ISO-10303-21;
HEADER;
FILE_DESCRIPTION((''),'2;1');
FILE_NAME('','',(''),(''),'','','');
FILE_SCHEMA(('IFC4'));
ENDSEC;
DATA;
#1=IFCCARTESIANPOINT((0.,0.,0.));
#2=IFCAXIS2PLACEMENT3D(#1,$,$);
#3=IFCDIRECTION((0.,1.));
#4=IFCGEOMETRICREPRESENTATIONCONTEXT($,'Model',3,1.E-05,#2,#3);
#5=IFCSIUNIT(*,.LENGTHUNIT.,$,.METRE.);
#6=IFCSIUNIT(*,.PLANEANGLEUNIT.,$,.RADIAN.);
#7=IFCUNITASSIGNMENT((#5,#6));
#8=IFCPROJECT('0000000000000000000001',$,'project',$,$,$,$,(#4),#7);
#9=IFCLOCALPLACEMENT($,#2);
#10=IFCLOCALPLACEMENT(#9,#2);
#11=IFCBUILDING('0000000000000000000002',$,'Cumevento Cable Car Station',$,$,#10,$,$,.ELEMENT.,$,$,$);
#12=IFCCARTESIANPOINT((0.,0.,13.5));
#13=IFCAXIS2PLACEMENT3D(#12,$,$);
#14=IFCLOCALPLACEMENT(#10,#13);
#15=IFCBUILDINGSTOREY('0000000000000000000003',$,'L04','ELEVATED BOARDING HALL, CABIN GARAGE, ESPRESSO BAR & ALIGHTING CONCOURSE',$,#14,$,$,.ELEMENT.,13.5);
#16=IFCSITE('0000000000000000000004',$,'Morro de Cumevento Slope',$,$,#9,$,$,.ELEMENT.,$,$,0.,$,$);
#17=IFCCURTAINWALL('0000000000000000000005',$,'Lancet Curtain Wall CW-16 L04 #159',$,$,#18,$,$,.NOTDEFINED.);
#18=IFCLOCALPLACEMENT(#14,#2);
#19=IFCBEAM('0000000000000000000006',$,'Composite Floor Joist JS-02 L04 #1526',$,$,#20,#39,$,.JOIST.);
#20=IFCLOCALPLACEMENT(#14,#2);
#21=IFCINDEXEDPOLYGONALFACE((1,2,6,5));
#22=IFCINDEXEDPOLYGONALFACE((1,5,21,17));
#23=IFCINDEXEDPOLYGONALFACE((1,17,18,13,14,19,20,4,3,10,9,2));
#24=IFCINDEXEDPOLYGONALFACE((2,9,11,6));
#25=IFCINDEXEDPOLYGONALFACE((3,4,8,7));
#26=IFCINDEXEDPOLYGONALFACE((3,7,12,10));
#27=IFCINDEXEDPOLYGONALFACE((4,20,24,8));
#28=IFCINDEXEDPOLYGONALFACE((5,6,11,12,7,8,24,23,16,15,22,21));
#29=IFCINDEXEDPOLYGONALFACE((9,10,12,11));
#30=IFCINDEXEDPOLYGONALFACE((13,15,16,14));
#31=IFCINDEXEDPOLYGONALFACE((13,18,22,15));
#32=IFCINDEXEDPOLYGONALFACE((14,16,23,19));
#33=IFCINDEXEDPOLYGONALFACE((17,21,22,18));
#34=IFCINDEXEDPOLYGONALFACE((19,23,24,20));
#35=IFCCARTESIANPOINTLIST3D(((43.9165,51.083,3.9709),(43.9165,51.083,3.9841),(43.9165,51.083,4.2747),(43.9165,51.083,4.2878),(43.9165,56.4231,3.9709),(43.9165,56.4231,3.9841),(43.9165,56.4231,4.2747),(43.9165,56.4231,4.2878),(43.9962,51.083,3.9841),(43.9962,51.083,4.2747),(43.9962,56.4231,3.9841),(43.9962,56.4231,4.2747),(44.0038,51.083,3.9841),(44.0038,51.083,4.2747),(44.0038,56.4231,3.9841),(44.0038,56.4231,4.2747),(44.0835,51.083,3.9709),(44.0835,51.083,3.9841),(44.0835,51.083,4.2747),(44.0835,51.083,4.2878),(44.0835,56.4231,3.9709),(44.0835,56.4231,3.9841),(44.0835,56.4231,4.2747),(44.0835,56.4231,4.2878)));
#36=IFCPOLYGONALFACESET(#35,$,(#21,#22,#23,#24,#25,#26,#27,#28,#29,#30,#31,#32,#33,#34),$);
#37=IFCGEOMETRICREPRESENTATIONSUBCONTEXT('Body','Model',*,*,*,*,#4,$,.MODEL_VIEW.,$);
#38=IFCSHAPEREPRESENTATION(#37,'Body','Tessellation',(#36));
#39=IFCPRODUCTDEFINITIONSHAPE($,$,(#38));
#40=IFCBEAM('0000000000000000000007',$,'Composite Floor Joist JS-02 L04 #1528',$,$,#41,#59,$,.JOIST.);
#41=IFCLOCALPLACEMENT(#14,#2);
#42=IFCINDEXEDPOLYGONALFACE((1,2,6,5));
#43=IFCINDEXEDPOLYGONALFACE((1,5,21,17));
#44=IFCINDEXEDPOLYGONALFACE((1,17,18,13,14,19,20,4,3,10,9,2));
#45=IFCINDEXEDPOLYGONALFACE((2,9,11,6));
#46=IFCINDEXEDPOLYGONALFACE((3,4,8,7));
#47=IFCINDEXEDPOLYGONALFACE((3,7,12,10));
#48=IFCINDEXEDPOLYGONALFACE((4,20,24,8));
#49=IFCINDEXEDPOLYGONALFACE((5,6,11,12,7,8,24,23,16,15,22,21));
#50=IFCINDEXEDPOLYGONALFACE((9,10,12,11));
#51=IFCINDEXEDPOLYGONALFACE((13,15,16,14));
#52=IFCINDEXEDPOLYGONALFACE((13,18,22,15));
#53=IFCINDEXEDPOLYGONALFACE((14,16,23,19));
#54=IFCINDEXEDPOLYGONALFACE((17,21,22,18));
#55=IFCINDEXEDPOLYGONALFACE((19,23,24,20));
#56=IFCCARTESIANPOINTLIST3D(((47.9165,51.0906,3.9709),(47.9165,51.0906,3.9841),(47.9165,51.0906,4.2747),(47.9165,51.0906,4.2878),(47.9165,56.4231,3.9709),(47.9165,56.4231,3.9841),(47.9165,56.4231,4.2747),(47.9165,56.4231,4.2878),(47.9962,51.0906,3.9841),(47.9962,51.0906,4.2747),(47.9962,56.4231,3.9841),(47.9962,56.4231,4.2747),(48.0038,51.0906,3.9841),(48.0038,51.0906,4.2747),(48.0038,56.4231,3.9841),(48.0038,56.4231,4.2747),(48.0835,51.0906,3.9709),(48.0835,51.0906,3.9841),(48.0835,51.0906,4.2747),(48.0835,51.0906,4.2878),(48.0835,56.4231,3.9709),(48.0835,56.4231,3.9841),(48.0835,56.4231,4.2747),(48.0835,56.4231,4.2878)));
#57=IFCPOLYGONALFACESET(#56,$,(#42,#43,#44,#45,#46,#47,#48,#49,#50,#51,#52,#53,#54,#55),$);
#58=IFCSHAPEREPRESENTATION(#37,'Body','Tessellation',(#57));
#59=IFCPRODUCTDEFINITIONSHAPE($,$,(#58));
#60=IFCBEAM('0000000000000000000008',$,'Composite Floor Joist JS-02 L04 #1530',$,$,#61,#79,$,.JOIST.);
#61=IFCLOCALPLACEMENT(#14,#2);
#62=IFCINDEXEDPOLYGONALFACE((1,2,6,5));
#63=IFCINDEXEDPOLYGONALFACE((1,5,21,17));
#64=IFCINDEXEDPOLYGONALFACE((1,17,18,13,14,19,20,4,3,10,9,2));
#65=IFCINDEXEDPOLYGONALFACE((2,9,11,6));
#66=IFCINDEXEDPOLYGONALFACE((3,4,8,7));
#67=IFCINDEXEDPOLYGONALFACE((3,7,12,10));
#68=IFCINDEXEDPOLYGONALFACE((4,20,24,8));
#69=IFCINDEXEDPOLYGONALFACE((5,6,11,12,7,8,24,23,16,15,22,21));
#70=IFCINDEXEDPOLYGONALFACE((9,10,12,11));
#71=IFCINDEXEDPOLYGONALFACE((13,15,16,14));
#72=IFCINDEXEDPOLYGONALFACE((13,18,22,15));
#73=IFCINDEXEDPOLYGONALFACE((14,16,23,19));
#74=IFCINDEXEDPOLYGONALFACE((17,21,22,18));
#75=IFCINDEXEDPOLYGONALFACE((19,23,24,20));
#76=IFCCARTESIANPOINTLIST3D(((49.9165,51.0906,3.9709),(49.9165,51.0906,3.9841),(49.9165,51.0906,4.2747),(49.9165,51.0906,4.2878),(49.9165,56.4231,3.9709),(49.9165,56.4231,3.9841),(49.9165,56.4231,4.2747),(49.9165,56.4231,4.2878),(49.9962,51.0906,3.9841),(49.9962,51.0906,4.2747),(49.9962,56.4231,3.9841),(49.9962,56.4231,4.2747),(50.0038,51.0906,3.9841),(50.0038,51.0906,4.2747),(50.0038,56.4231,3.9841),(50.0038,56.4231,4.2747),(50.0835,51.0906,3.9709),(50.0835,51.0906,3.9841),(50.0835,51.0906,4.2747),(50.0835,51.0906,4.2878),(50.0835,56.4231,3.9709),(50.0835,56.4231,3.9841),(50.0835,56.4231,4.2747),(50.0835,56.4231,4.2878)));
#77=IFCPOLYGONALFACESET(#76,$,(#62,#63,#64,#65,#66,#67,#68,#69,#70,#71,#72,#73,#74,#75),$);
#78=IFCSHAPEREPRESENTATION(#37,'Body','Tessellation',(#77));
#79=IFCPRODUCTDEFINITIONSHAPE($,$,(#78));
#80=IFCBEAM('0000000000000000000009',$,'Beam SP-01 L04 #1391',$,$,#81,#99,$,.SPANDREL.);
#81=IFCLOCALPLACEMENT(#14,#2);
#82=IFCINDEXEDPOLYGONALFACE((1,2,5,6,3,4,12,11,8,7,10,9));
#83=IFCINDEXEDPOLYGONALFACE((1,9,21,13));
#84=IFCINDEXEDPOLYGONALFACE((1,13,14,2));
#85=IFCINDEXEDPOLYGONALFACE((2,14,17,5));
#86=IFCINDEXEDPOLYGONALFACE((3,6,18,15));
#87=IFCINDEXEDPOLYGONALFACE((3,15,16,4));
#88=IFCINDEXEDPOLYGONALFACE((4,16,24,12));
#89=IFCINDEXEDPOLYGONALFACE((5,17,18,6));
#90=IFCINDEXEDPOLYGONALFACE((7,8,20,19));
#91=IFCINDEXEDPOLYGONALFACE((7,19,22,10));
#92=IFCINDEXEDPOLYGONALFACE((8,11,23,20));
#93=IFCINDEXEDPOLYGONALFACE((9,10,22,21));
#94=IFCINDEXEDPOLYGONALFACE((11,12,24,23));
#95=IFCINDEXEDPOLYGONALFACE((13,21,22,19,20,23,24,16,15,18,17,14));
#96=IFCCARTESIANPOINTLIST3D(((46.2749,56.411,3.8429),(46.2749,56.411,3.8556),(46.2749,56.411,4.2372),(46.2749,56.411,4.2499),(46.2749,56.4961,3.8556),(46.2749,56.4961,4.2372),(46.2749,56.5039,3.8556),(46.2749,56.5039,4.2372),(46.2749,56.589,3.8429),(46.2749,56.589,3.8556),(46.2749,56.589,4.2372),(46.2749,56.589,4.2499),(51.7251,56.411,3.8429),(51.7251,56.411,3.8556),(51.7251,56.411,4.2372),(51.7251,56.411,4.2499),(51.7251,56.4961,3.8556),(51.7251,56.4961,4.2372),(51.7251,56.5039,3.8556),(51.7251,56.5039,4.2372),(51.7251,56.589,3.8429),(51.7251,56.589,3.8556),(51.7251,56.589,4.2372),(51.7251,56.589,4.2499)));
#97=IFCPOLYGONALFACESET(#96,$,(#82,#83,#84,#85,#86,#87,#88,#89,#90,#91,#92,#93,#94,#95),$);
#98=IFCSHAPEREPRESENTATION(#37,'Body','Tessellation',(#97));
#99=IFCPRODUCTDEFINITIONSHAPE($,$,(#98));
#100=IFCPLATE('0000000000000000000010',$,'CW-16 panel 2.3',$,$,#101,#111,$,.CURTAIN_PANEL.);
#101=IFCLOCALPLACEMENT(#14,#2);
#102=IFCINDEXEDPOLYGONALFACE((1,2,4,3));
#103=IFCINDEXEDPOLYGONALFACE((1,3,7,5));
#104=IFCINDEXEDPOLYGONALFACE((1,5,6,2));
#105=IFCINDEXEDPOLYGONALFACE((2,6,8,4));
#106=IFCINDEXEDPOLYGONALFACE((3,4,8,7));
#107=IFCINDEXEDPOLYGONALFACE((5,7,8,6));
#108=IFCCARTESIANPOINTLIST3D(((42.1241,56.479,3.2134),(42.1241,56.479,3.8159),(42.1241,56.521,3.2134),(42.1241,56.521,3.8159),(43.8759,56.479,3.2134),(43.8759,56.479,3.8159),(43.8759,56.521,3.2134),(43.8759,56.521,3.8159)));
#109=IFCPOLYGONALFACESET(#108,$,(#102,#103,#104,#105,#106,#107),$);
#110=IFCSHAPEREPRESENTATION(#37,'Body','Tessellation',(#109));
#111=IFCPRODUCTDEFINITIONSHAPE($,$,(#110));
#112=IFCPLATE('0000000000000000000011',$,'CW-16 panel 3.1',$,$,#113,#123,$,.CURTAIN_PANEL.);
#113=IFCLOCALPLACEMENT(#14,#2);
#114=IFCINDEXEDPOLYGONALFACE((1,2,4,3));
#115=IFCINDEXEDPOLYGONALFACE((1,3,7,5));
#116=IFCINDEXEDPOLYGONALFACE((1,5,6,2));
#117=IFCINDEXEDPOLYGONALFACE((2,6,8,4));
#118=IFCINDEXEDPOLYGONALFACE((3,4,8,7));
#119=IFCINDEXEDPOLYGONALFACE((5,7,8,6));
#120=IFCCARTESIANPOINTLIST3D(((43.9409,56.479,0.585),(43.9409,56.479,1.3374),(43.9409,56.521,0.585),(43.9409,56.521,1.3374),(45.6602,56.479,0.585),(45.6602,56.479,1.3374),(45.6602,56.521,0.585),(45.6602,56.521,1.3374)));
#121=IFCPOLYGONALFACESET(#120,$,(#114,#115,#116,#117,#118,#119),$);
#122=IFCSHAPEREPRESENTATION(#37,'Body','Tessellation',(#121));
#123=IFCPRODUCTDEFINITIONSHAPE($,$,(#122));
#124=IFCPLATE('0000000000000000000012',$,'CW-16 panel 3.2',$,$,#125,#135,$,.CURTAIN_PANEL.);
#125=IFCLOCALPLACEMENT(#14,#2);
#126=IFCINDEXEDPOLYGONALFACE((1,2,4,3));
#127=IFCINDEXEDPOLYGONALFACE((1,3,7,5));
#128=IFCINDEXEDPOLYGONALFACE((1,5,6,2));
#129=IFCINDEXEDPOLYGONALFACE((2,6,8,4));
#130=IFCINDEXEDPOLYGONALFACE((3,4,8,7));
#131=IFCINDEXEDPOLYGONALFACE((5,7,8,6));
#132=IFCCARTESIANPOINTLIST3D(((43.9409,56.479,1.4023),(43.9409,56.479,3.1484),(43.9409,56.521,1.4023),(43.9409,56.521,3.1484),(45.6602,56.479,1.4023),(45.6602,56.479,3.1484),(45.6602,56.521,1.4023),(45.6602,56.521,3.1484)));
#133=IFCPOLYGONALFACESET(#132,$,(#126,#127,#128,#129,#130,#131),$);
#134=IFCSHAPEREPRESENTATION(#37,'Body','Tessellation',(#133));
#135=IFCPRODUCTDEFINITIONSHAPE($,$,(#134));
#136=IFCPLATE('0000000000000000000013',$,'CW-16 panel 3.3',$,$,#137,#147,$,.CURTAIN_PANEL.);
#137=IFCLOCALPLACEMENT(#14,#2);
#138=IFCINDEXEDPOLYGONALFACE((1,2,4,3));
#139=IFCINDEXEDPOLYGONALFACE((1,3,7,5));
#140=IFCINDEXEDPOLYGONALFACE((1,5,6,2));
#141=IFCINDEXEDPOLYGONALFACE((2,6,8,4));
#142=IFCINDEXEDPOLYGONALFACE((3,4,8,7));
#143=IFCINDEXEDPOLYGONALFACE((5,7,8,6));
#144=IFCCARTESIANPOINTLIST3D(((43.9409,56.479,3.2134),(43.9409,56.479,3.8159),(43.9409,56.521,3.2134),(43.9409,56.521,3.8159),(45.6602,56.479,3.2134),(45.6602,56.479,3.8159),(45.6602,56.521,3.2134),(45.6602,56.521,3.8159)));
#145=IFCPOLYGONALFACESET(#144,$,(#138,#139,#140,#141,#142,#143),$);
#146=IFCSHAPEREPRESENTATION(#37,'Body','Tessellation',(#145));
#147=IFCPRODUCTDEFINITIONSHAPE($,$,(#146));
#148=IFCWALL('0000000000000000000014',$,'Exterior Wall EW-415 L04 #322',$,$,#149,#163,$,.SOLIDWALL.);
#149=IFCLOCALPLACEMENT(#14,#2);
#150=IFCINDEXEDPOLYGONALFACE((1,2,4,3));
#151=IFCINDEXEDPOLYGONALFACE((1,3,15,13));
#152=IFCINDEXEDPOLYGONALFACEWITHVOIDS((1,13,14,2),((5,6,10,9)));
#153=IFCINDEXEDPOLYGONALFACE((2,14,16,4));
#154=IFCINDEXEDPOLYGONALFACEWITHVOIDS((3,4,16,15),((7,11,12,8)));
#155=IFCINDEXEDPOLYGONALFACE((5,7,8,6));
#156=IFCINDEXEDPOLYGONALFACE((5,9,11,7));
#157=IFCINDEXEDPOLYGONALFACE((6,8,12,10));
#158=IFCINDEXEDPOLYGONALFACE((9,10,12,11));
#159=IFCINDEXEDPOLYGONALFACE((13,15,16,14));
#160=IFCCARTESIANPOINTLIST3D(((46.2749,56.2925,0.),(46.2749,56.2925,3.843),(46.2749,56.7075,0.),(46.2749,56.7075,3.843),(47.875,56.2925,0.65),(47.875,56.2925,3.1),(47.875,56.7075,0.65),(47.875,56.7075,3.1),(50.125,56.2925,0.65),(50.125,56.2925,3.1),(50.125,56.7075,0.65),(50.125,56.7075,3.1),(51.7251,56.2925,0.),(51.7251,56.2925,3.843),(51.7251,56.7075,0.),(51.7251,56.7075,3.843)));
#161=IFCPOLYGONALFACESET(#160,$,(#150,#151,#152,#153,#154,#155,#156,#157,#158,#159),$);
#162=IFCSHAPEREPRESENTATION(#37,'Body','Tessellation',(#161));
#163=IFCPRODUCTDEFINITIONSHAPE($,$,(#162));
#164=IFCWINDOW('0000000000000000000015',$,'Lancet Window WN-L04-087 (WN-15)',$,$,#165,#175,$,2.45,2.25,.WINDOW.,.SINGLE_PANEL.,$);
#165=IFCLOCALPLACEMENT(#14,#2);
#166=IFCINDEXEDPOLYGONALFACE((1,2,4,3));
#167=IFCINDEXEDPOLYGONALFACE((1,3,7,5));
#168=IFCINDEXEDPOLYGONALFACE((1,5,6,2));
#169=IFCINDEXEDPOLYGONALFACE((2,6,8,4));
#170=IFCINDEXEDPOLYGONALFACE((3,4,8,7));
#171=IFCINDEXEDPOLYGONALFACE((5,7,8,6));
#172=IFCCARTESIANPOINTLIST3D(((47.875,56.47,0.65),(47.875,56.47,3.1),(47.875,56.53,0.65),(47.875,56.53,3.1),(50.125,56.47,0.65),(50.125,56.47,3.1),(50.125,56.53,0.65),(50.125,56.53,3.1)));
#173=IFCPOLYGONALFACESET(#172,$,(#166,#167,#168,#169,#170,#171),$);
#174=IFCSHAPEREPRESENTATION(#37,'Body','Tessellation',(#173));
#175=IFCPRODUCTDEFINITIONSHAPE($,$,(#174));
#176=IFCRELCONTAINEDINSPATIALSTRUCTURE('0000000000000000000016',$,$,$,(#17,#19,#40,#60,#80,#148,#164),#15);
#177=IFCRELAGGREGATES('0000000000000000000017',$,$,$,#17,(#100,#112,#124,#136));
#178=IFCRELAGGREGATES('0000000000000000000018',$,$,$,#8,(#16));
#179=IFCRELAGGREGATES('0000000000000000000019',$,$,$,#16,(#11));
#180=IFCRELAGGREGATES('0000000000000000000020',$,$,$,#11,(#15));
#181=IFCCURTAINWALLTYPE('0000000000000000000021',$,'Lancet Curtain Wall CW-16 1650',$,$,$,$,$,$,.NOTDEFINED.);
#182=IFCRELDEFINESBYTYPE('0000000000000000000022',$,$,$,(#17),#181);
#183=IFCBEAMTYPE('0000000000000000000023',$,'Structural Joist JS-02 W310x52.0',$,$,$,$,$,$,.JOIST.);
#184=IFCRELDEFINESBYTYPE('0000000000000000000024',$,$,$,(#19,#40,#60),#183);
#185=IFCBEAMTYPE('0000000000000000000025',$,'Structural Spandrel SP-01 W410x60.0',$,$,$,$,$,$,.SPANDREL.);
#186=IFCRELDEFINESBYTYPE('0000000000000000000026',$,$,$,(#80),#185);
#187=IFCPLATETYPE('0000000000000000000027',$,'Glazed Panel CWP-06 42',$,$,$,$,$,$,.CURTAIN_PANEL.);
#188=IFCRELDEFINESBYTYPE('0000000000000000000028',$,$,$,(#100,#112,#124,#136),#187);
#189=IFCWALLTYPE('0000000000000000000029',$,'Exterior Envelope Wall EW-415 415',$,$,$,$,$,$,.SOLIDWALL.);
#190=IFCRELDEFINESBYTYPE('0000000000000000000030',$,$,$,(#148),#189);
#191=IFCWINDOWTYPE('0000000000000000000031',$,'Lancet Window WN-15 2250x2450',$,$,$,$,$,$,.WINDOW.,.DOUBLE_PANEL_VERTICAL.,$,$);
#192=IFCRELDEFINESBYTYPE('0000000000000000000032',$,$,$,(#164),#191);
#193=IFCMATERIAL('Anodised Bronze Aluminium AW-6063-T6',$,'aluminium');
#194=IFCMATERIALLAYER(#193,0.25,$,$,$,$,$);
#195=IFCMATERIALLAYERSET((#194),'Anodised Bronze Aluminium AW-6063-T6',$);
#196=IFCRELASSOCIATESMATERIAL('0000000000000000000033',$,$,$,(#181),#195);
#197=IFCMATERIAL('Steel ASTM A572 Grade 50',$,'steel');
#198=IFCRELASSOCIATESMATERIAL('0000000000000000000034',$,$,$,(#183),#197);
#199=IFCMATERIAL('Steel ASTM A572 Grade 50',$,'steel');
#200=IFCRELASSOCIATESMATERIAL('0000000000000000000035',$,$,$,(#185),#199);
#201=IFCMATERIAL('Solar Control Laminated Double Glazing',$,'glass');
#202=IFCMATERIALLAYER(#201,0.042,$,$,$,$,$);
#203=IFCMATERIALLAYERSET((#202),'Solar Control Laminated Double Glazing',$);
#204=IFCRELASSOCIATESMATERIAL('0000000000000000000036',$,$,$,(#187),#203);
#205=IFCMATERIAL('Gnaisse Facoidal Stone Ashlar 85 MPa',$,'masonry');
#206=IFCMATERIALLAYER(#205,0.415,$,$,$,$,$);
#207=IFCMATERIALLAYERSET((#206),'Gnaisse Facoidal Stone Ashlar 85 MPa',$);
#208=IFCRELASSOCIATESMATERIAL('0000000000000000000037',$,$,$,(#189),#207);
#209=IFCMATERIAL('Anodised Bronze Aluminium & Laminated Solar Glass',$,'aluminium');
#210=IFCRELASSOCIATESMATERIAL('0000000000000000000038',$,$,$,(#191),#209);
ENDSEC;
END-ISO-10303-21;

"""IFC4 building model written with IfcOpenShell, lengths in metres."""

from ifc_helpers import new_model, si_unit, direction, frame, frame_2d, origin, origin_2d, place, context, subcontext, project, spatial, rectangle, i_section, extrude, material, layer, layer_set, material_profile, profile_set, type_object, element, fill, aggregate, save


model = new_model("IFC4")

# Units and contexts
model_context = context("Model", 3, precision=1e-05, world=origin(), true_north=direction((0.0, 1.0)))
body_context = subcontext(model_context, "Body", "Model", "MODEL_VIEW")
ifc_project = project(units=[si_unit("LENGTHUNIT", "METRE"), si_unit("PLANEANGLEUNIT", "RADIAN")], contexts=[model_context])

# Site, building, storey
site_placement = place(None, origin())
site = spatial("IfcSite", under=ifc_project, at=site_placement, Name="Morro de Cumevento Slope", CompositionType="ELEMENT", RefElevation=0.0)
building_placement = place(site_placement, origin())
building = spatial("IfcBuilding", under=site, at=building_placement, Name="Cumevento Cable Car Station", CompositionType="ELEMENT")
storey_placement = place(building_placement, frame((0.0, 0.0, 13.5)))
storey = spatial("IfcBuildingStorey", under=building, at=storey_placement, Name="L04", Description="ELEVATED BOARDING HALL, CABIN GARAGE, ESPRESSO BAR & ALIGHTING CONCOURSE", CompositionType="ELEMENT", Elevation=13.5)

# Curtain wall
ifc_material_1 = material(Name="Anodised Bronze Aluminium AW-6063-T6", Category="aluminium")
ifc_layer_1 = layer(ifc_material_1, 0.25)
ifc_layer_set_1 = layer_set([ifc_layer_1], Name="Anodised Bronze Aluminium AW-6063-T6")
curtain_wall_type = type_object("IfcCurtainWallType", Name="Lancet Curtain Wall CW-16 1650", PredefinedType="NOTDEFINED", material=ifc_layer_set_1)
curtain_wall_placement = place(storey_placement, origin())
curtain_wall = element("IfcCurtainWall", 1, at=curtain_wall_placement, inside=storey, type_object=curtain_wall_type, Name="Lancet Curtain Wall CW-16 L04 #159", PredefinedType="NOTDEFINED")

# Beams
ifc_material_2 = material(Name="Steel ASTM A572 Grade 50", Category="steel")
ifc_material_profile_1 = material_profile(ifc_material_2, i_section(OverallWidth=0.167, OverallDepth=0.3169, WebThickness=0.0076, FlangeThickness=0.0132, at=origin_2d()), Name="W310x52.0")
ifc_profile_set_1 = profile_set([ifc_material_profile_1], Name="Steel ASTM A572 Grade 50")
beam_type_1 = type_object("IfcBeamType", Name="Structural Joist JS-02 W310x52.0", PredefinedType="JOIST", material=ifc_profile_set_1)
beam_1_placement = place(storey_placement, frame((44.0, 51.083, 4.1294), z_axis=(0.0, 1.0, 0.0), x_axis=(-1.0, 0.0, 0.0)))
element("IfcBeam", 2, at=beam_1_placement, inside=storey, type_object=beam_type_1, Name="Composite Floor Joist JS-02 L04 #1526", PredefinedType="JOIST", context=body_context, shape_type="SweptSolid", body=[
    extrude(i_section(OverallWidth=0.167, OverallDepth=0.3169, WebThickness=0.0076, FlangeThickness=0.0132, at=origin_2d()), origin(), (0.0, 0.0, 1.0), 5.3401),
])
for number, where, z_axis, x_axis, name in (
    (3, (48.0, 51.0906, 4.1294), (0.0, 1.0, 0.0), (-1.0, 0.0, 0.0), "Composite Floor Joist JS-02 L04 #1528"),
    (4, (50.0, 51.0906, 4.1294), (0.0, 1.0, 0.0), (-1.0, 0.0, 0.0), "Composite Floor Joist JS-02 L04 #1530"),
):
    element("IfcBeam", number, at=place(storey_placement, frame(where, z_axis=z_axis, x_axis=x_axis)), inside=storey, type_object=beam_type_1, Name=name, PredefinedType="JOIST", context=body_context, shape_type="SweptSolid", body=[
        extrude(i_section(OverallWidth=0.167, OverallDepth=0.3169, WebThickness=0.0076, FlangeThickness=0.0132, at=origin_2d()), origin(), (0.0, 0.0, 1.0), 5.3325),
    ])
ifc_material_3 = material(Name="Steel ASTM A572 Grade 50", Category="steel")
ifc_material_profile_2 = material_profile(ifc_material_3, i_section(OverallWidth=0.178, OverallDepth=0.407, WebThickness=0.0078, FlangeThickness=0.0127, at=origin_2d()), Name="W410x60.0")
ifc_profile_set_2 = profile_set([ifc_material_profile_2], Name="Steel ASTM A572 Grade 50")
beam_type_2 = type_object("IfcBeamType", Name="Structural Spandrel SP-01 W410x60.0", PredefinedType="SPANDREL", material=ifc_profile_set_2)
beam_2_placement = place(storey_placement, frame((46.2749, 56.5, 4.0464), z_axis=(1.0, 0.0, 0.0), x_axis=(0.0, 1.0, 0.0)))
element("IfcBeam", 5, at=beam_2_placement, inside=storey, type_object=beam_type_2, Name="Beam SP-01 L04 #1391", PredefinedType="SPANDREL", context=body_context, shape_type="SweptSolid", body=[
    extrude(i_section(OverallWidth=0.178, OverallDepth=0.407, WebThickness=0.0078, FlangeThickness=0.0127, at=origin_2d()), origin(), (0.0, 0.0, 1.0), 5.4502),
])

# Plates
ifc_material_4 = material(Name="Solar Control Laminated Double Glazing", Category="glass")
ifc_layer_2 = layer(ifc_material_4, 0.042)
ifc_layer_set_2 = layer_set([ifc_layer_2], Name="Solar Control Laminated Double Glazing")
plate_type = type_object("IfcPlateType", Name="Glazed Panel CWP-06 42", PredefinedType="CURTAIN_PANEL", material=ifc_layer_set_2)
plate_1_placement = place(storey_placement, frame((43.0, 56.5, 3.2134), z_axis=(0.0, 0.0, 1.0), x_axis=(1.0, 0.0, 0.0)))
plate_1 = element("IfcPlate", 6, at=plate_1_placement, type_object=plate_type, Name="CW-16 panel 2.3", PredefinedType="CURTAIN_PANEL", context=body_context, shape_type="SweptSolid", body=[
    extrude(rectangle(XDim=1.7517, YDim=0.042, at=origin_2d()), origin(), (0.0, 0.0, 1.0), 0.6025),
])
plate_2_placement = place(storey_placement, frame((44.8005, 56.5, 0.585), z_axis=(0.0, 0.0, 1.0), x_axis=(1.0, 0.0, 0.0)))
plate_2 = element("IfcPlate", 7, at=plate_2_placement, type_object=plate_type, Name="CW-16 panel 3.1", PredefinedType="CURTAIN_PANEL", context=body_context, shape_type="SweptSolid", body=[
    extrude(rectangle(XDim=1.7192, YDim=0.042, at=origin_2d()), origin(), (0.0, 0.0, 1.0), 0.7524),
])
plate_3_placement = place(storey_placement, frame((44.8005, 56.5, 1.4023), z_axis=(0.0, 0.0, 1.0), x_axis=(1.0, 0.0, 0.0)))
plate_3 = element("IfcPlate", 8, at=plate_3_placement, type_object=plate_type, Name="CW-16 panel 3.2", PredefinedType="CURTAIN_PANEL", context=body_context, shape_type="SweptSolid", body=[
    extrude(rectangle(XDim=1.7192, YDim=0.042, at=origin_2d()), origin(), (0.0, 0.0, 1.0), 1.7461),
])
plate_4_placement = place(storey_placement, frame((44.8005, 56.5, 3.2134), z_axis=(0.0, 0.0, 1.0), x_axis=(1.0, 0.0, 0.0)))
plate_4 = element("IfcPlate", 9, at=plate_4_placement, type_object=plate_type, Name="CW-16 panel 3.3", PredefinedType="CURTAIN_PANEL", context=body_context, shape_type="SweptSolid", body=[
    extrude(rectangle(XDim=1.7192, YDim=0.042, at=origin_2d()), origin(), (0.0, 0.0, 1.0), 0.6025),
])
aggregate(curtain_wall, [plate_1, plate_2, plate_3, plate_4])

# Wall, opening, window
ifc_material_5 = material(Name="Gnaisse Facoidal Stone Ashlar 85 MPa", Category="masonry")
ifc_layer_3 = layer(ifc_material_5, 0.415)
ifc_layer_set_3 = layer_set([ifc_layer_3], Name="Gnaisse Facoidal Stone Ashlar 85 MPa")
wall_type_1 = type_object("IfcWallType", Name="Exterior Envelope Wall EW-415 415", PredefinedType="SOLIDWALL", material=ifc_layer_set_3)
wall_1_placement = place(storey_placement, frame((46.2749, 56.5, 0.0), z_axis=(0.0, 0.0, 1.0), x_axis=(1.0, 0.0, 0.0)))
wall_1 = element("IfcWall", 10, at=wall_1_placement, inside=storey, type_object=wall_type_1, Name="Exterior Wall EW-415 L04 #322", PredefinedType="SOLIDWALL", context=body_context, shape_type="SweptSolid", body=[
    extrude(rectangle(XDim=5.4502, YDim=0.415, at=frame_2d((2.7251, 0.0))), origin(), (0.0, 0.0, 1.0), 3.843),
])
opening_1_placement = place(wall_1_placement, frame((1.6001, 0.0, 0.6499)))
opening_1 = element("IfcOpeningElement", 11, at=opening_1_placement, cuts=wall_1, PredefinedType="OPENING", context=body_context, shape_type="SweptSolid", body=[
    extrude(rectangle(XDim=2.25, YDim=2.45, at=frame_2d((1.125, 1.2251))), frame((0.0, 0.2175, 0.0), z_axis=(0.0, -1.0, 0.0), x_axis=(1.0, 0.0, 0.0)), (0.0, 0.0, 1.0), 0.4351),
])
ifc_material_6 = material(Name="Anodised Bronze Aluminium & Laminated Solar Glass", Category="aluminium")
window_type = type_object("IfcWindowType", Name="Lancet Window WN-15 2250x2450", PartitioningType="DOUBLE_PANEL_VERTICAL", PredefinedType="WINDOW", material=ifc_material_6)
window_placement = place(opening_1_placement, origin())
window = element("IfcWindow", 12, at=window_placement, inside=storey, type_object=window_type, Name="Lancet Window WN-L04-087 (WN-15)", OverallHeight=2.45, OverallWidth=2.25, PartitioningType="SINGLE_PANEL", PredefinedType="WINDOW", context=body_context, shape_type="SweptSolid", body=[
    extrude(rectangle(XDim=2.25, YDim=2.45, at=frame_2d((1.125, 1.2251))), frame((0.0, 0.03, 0.0), z_axis=(0.0, -1.0, 0.0), x_axis=(1.0, 0.0, 0.0)), (0.0, 0.0, 1.0), 0.0601),
])
fill(opening_1, window)

save(model, "model.ifc")
